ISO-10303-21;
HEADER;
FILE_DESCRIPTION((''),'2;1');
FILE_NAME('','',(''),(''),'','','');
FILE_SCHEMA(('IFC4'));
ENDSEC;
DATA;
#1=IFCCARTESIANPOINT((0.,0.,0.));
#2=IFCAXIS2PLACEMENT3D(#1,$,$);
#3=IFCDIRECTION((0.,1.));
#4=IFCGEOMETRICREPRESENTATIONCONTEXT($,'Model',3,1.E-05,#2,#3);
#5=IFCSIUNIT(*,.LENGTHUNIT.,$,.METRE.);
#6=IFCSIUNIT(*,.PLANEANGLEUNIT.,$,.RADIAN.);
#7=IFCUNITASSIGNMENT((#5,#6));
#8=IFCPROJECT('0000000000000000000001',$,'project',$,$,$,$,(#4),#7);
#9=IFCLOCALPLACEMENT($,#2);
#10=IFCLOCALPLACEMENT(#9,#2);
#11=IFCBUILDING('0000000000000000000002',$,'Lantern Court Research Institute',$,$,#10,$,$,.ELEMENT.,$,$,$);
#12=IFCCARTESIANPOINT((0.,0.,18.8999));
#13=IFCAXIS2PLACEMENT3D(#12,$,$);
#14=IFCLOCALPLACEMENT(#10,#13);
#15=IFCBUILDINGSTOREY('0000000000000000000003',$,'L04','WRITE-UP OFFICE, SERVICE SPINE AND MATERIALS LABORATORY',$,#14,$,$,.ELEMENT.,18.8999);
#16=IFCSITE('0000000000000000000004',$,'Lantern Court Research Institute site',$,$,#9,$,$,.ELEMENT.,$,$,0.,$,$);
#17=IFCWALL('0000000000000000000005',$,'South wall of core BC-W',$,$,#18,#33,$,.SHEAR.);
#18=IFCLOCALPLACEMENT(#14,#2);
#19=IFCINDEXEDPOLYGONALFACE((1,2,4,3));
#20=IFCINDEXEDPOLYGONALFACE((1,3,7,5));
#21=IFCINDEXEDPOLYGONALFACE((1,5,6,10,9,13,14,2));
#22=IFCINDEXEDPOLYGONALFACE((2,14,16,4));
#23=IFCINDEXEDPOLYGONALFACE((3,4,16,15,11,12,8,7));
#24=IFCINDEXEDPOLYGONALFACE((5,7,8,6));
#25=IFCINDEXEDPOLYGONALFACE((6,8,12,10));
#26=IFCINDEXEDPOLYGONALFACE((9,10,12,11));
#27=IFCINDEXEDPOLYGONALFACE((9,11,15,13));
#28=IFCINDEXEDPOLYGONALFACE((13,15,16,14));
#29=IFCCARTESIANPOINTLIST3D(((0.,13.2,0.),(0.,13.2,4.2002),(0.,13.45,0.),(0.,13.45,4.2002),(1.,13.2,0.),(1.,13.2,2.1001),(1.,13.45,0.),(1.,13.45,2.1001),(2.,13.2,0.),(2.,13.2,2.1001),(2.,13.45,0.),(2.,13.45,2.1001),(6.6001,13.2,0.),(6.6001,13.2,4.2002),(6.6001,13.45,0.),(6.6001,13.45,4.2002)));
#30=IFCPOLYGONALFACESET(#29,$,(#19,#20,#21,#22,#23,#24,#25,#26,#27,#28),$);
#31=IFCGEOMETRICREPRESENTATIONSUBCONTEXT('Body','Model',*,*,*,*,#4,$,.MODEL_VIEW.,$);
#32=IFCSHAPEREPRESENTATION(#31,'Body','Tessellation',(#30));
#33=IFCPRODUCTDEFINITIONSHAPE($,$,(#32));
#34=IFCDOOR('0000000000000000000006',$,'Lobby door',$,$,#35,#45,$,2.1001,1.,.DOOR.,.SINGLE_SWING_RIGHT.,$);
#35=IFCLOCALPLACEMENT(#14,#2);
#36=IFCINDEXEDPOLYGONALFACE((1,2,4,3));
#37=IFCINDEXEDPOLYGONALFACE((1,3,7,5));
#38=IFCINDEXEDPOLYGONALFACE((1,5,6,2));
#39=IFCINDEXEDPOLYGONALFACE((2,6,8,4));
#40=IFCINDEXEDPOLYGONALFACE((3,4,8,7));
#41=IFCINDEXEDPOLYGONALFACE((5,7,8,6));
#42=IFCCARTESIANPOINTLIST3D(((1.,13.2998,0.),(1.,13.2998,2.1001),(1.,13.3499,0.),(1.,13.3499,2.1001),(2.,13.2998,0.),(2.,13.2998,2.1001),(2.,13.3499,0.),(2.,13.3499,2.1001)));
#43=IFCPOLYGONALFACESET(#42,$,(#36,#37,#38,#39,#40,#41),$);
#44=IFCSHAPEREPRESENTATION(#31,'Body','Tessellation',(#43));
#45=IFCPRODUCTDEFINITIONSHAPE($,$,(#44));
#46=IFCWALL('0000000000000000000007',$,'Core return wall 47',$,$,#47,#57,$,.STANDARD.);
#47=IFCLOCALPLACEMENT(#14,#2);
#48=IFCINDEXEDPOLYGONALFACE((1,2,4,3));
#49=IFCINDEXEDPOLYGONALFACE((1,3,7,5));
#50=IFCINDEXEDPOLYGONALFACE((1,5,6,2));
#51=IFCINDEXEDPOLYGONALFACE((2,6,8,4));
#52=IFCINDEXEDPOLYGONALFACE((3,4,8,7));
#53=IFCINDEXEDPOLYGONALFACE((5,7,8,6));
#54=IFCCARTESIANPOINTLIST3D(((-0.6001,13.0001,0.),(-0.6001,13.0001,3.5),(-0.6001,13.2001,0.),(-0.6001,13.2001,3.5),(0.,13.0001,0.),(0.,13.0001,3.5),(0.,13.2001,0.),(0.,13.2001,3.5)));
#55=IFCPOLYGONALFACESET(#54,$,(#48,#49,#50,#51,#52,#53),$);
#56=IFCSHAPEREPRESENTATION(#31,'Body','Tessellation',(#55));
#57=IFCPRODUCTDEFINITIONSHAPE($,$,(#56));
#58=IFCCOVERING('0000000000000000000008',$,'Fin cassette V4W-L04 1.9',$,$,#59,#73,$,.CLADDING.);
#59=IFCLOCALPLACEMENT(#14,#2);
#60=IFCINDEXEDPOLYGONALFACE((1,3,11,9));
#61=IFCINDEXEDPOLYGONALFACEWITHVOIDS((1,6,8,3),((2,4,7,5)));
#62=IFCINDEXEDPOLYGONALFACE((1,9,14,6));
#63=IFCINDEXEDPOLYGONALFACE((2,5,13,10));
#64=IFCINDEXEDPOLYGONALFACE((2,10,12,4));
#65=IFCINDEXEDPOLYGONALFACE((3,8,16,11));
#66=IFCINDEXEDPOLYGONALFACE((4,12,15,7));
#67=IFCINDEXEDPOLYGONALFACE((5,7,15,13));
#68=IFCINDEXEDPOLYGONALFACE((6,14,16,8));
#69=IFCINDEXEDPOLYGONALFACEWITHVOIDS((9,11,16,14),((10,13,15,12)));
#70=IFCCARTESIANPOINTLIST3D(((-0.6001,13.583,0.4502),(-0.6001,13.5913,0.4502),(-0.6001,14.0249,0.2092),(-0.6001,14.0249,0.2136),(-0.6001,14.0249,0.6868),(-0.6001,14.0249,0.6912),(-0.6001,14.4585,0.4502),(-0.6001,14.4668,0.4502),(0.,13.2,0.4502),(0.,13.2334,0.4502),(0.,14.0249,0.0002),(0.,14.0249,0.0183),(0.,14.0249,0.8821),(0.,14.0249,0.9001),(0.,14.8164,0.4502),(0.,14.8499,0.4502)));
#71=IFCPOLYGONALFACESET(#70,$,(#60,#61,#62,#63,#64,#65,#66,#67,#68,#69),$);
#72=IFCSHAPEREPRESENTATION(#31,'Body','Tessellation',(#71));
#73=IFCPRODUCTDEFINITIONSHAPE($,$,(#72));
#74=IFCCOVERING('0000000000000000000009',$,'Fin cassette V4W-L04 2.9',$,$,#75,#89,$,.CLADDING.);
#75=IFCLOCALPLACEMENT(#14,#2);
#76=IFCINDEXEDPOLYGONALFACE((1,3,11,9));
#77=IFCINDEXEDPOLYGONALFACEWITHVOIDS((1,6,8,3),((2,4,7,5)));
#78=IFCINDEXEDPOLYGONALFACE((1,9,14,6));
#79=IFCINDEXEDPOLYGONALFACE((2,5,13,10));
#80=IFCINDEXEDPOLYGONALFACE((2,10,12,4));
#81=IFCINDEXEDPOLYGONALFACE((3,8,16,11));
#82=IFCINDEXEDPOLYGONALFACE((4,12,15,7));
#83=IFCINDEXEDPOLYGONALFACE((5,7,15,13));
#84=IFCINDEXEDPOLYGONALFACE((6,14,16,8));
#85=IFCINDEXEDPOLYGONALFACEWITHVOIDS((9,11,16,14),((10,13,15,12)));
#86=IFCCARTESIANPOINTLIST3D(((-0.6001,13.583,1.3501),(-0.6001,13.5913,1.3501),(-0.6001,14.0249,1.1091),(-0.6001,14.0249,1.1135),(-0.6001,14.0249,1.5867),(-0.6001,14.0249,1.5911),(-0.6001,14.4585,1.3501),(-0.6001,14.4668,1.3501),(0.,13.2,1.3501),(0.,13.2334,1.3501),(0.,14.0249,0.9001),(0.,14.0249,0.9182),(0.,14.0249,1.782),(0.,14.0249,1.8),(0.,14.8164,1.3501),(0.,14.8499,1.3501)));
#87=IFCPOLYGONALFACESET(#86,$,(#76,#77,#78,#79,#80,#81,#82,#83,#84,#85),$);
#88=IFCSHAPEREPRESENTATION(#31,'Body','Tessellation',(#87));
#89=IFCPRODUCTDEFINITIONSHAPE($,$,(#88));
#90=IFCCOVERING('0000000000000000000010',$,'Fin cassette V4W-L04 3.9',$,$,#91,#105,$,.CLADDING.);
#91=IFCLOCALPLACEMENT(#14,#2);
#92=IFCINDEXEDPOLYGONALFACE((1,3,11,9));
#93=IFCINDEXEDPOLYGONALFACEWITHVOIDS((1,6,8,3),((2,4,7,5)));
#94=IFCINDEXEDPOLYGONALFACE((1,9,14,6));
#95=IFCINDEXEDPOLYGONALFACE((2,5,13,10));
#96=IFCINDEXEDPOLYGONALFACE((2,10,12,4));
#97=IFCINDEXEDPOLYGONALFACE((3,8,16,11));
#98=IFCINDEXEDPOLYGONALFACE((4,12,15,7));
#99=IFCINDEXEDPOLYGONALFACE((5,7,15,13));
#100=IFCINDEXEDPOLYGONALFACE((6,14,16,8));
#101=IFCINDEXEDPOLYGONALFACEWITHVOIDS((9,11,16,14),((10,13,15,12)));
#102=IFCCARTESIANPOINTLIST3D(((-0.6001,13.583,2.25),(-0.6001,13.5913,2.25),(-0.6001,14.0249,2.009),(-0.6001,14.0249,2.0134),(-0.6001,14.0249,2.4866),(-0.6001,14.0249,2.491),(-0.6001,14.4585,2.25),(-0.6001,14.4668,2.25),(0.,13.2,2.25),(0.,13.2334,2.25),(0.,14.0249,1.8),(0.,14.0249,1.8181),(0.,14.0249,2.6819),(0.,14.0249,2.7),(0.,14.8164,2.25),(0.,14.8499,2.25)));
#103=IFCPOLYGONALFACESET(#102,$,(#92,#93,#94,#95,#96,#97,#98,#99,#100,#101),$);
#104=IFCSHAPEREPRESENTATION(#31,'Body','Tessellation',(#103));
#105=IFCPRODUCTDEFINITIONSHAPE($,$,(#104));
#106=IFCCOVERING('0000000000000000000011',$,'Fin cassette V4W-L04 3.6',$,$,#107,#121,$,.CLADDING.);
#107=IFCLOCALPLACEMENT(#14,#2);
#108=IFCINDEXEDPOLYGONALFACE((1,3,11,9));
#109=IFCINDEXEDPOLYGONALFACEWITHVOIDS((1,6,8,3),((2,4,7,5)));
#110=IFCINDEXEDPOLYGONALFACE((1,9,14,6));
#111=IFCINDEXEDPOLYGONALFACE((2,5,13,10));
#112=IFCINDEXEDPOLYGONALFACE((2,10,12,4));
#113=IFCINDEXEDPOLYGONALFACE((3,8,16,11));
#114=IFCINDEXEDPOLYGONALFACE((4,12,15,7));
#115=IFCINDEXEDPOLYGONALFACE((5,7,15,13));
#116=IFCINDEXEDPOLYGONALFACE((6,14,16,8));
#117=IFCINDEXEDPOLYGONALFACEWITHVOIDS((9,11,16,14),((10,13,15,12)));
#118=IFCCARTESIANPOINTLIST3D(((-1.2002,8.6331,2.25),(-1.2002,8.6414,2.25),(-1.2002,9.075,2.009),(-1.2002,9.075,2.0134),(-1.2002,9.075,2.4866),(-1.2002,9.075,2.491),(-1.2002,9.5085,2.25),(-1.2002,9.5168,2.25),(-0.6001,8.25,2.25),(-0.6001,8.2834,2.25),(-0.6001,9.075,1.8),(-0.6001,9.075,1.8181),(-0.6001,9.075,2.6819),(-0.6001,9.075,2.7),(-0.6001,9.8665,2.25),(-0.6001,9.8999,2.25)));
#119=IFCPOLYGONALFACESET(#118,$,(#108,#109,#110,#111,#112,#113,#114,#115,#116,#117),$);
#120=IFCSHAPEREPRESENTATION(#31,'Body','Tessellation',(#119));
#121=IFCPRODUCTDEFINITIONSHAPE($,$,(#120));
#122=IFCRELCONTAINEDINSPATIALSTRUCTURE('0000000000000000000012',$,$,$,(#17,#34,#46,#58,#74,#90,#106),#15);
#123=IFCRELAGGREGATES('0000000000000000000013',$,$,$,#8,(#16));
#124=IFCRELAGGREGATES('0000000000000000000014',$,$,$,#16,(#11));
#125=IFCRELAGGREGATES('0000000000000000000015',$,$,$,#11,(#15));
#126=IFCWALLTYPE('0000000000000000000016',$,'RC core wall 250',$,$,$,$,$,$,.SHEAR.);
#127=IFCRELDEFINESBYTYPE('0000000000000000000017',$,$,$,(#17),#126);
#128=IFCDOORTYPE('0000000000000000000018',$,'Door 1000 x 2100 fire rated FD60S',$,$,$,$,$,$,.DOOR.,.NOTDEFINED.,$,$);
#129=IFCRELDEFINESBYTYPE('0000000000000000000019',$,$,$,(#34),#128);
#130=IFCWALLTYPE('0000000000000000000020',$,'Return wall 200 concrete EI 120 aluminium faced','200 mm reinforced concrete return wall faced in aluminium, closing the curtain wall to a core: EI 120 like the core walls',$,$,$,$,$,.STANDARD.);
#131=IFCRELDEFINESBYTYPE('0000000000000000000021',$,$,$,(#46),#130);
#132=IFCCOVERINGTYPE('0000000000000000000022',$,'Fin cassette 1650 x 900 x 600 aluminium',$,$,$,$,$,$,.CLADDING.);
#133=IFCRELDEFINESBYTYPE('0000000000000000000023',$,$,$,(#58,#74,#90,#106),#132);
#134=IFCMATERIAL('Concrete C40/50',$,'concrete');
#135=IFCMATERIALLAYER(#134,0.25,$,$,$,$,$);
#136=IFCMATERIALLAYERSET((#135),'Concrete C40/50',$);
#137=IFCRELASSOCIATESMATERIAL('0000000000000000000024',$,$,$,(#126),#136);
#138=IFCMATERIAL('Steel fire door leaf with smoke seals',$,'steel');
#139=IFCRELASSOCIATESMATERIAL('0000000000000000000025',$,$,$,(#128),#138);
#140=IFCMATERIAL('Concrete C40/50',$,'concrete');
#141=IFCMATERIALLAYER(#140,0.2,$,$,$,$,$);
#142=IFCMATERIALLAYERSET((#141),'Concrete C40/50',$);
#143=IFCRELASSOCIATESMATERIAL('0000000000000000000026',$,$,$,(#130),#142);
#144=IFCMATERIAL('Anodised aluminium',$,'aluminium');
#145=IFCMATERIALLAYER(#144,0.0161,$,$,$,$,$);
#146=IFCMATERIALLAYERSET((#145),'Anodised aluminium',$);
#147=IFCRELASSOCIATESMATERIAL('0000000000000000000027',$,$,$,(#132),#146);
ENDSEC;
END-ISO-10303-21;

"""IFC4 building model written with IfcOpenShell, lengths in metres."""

from ifc_helpers import new_model, entity, si_unit, direction, frame, frame_2d, origin, place, context, subcontext, project, spatial, rectangle, extrude, material, layer, layer_set, type_object, element, fill, save


model = new_model("IFC4")

# Units and contexts
model_context = context("Model", 3, precision=1e-05, world=origin(), true_north=direction((0.0, 1.0)))
body_context = subcontext(model_context, "Body", "Model", "MODEL_VIEW")
ifc_project = project(units=[si_unit("LENGTHUNIT", "METRE"), si_unit("PLANEANGLEUNIT", "RADIAN")], contexts=[model_context])

# Site, building, storey
site_placement = place(None, origin())
site = spatial("IfcSite", under=ifc_project, at=site_placement, Name="Lantern Court Research Institute site", CompositionType="ELEMENT", RefElevation=0.0)
building_placement = place(site_placement, origin())
building = spatial("IfcBuilding", under=site, at=building_placement, Name="Lantern Court Research Institute", CompositionType="ELEMENT")
storey_placement = place(building_placement, frame((0.0, 0.0, 18.8999)))
storey = spatial("IfcBuildingStorey", under=building, at=storey_placement, Name="L04", Description="WRITE-UP OFFICE, SERVICE SPINE AND MATERIALS LABORATORY", CompositionType="ELEMENT", Elevation=18.8999)

# Wall, opening, door
ifc_material_1 = material(Name="Concrete C40/50", Category="concrete")
ifc_layer_1 = layer(ifc_material_1, 0.25)
ifc_layer_set_1 = layer_set([ifc_layer_1], Name="Concrete C40/50")
wall_type_1 = type_object("IfcWallType", Name="RC core wall 250", PredefinedType="SHEAR", material=ifc_layer_set_1)
wall_1_placement = place(storey_placement, frame((0.0, 13.325, 0.0), z_axis=(0.0, 0.0, 1.0), x_axis=(1.0, 0.0, 0.0)))
wall_1 = element("IfcWall", 1, at=wall_1_placement, inside=storey, type_object=wall_type_1, Name="South wall of core BC-W", PredefinedType="SHEAR", context=body_context, shape_type="SweptSolid", body=[
    extrude(rectangle(XDim=6.6001, YDim=0.25, at=frame_2d((3.3, 0.0))), origin(), (0.0, 0.0, 1.0), 4.2002),
])
opening_placement = place(wall_1_placement, frame((1.0, 0.0, 0.0)))
opening = element("IfcOpeningElement", 2, at=opening_placement, cuts=wall_1, PredefinedType="OPENING", context=body_context, shape_type="SweptSolid", body=[
    extrude(rectangle(XDim=1.0, YDim=2.1001, at=frame_2d((0.5, 1.05))), frame((0.0, 0.135, 0.0), z_axis=(0.0, -1.0, 0.0), x_axis=(1.0, 0.0, 0.0)), (0.0, 0.0, 1.0), 0.27),
])
ifc_material_2 = material(Name="Steel fire door leaf with smoke seals", Category="steel")
door_type = type_object("IfcDoorType", Name="Door 1000 x 2100 fire rated FD60S", OperationType="NOTDEFINED", PredefinedType="DOOR", material=ifc_material_2)
door_placement = place(opening_placement, origin())
door = element("IfcDoor", 3, at=door_placement, inside=storey, type_object=door_type, Name="Lobby door", OperationType="SINGLE_SWING_RIGHT", OverallHeight=2.1001, OverallWidth=1.0, PredefinedType="DOOR", context=body_context, shape_type="SweptSolid", body=[
    extrude(rectangle(XDim=1.0, YDim=2.1001, at=frame_2d((0.5, 1.05))), frame((0.0, 0.0249, 0.0), z_axis=(0.0, -1.0, 0.0), x_axis=(1.0, 0.0, 0.0)), (0.0, 0.0, 1.0), 0.05),
])
fill(opening, door)

# Wall
ifc_material_3 = material(Name="Concrete C40/50", Category="concrete")
ifc_layer_2 = layer(ifc_material_3, 0.2)
ifc_layer_set_2 = layer_set([ifc_layer_2], Name="Concrete C40/50")
wall_type_2 = type_object("IfcWallType", Name="Return wall 200 concrete EI 120 aluminium faced", Description="200 mm reinforced concrete return wall faced in aluminium, closing the curtain wall to a core: EI 120 like the core walls", PredefinedType="STANDARD", material=ifc_layer_set_2)
wall_2_placement = place(storey_placement, frame((0.0, 13.1001, 0.0), z_axis=(0.0, 0.0, 1.0), x_axis=(-1.0, 0.0, 0.0)))
element("IfcWall", 4, at=wall_2_placement, inside=storey, type_object=wall_type_2, Name="Core return wall 47", PredefinedType="STANDARD", context=body_context, shape_type="SweptSolid", body=[
    extrude(rectangle(XDim=0.6001, YDim=0.2, at=frame_2d((0.3, 0.0))), origin(), (0.0, 0.0, 1.0), 3.5),
])

# Coverings
ifc_material_4 = material(Name="Anodised aluminium", Category="aluminium")
ifc_layer_3 = layer(ifc_material_4, 0.0161)
ifc_layer_set_3 = layer_set([ifc_layer_3], Name="Anodised aluminium")
covering_type = type_object("IfcCoveringType", Name="Fin cassette 1650 x 900 x 600 aluminium", PredefinedType="CLADDING", material=ifc_layer_set_3)
covering_1_placement = place(storey_placement, frame((0.0, 14.0249, 0.4502), z_axis=(-1.0, 0.0, 0.0), x_axis=(0.0, -1.0, 0.0)))
cartesian_point_1 = entity("IfcCartesianPoint", [0.825, 0.0])
cartesian_point_2 = entity("IfcCartesianPoint", [0.7915, 0.0])
cartesian_point_3 = entity("IfcCartesianPoint", [0.4419, 0.0])
cartesian_point_4 = entity("IfcCartesianPoint", [0.4336, 0.0])
element("IfcCovering", 5, at=covering_1_placement, inside=storey, type_object=covering_type, Name="Fin cassette V4W-L04 1.9", PredefinedType="CLADDING", context=body_context, shape_type="SweptSolid", body=[
    entity("IfcExtrudedAreaSolidTapered", entity("IfcArbitraryProfileDefWithVoids", "AREA", None, entity("IfcPolyline", [cartesian_point_1, entity("IfcCartesianPoint", [0.0, 0.45]), entity("IfcCartesianPoint", [-0.825, 0.0]), entity("IfcCartesianPoint", [0.0, -0.45]), cartesian_point_1]), [entity("IfcPolyline", [cartesian_point_2, entity("IfcCartesianPoint", [0.0, 0.4319]), entity("IfcCartesianPoint", [-0.7915, 0.0]), entity("IfcCartesianPoint", [0.0, -0.4319]), cartesian_point_2])]), entity("IfcAxis2Placement3D", entity("IfcCartesianPoint", [0.0, 0.0, 0.0])), entity("IfcDirection", [0.0, 0.0, 1.0]), 0.6001, entity("IfcArbitraryProfileDefWithVoids", "AREA", None, entity("IfcPolyline", [cartesian_point_3, entity("IfcCartesianPoint", [0.0, 0.241]), entity("IfcCartesianPoint", [-0.4419, 0.0]), entity("IfcCartesianPoint", [0.0, -0.241]), cartesian_point_3]), [entity("IfcPolyline", [cartesian_point_4, entity("IfcCartesianPoint", [0.0, 0.2366]), entity("IfcCartesianPoint", [-0.4336, 0.0]), entity("IfcCartesianPoint", [0.0, -0.2366]), cartesian_point_4])])),
])
covering_2_placement = place(storey_placement, frame((0.0, 14.0249, 1.3501), z_axis=(-1.0, 0.0, 0.0), x_axis=(0.0, -1.0, 0.0)))
cartesian_point_5 = entity("IfcCartesianPoint", [0.825, 0.0])
cartesian_point_6 = entity("IfcCartesianPoint", [0.7915, 0.0])
cartesian_point_7 = entity("IfcCartesianPoint", [0.4419, 0.0])
cartesian_point_8 = entity("IfcCartesianPoint", [0.4336, 0.0])
element("IfcCovering", 6, at=covering_2_placement, inside=storey, type_object=covering_type, Name="Fin cassette V4W-L04 2.9", PredefinedType="CLADDING", context=body_context, shape_type="SweptSolid", body=[
    entity("IfcExtrudedAreaSolidTapered", entity("IfcArbitraryProfileDefWithVoids", "AREA", None, entity("IfcPolyline", [cartesian_point_5, entity("IfcCartesianPoint", [0.0, 0.45]), entity("IfcCartesianPoint", [-0.825, 0.0]), entity("IfcCartesianPoint", [0.0, -0.45]), cartesian_point_5]), [entity("IfcPolyline", [cartesian_point_6, entity("IfcCartesianPoint", [0.0, 0.4319]), entity("IfcCartesianPoint", [-0.7915, 0.0]), entity("IfcCartesianPoint", [0.0, -0.4319]), cartesian_point_6])]), entity("IfcAxis2Placement3D", entity("IfcCartesianPoint", [0.0, 0.0, 0.0])), entity("IfcDirection", [0.0, 0.0, 1.0]), 0.6001, entity("IfcArbitraryProfileDefWithVoids", "AREA", None, entity("IfcPolyline", [cartesian_point_7, entity("IfcCartesianPoint", [0.0, 0.241]), entity("IfcCartesianPoint", [-0.4419, 0.0]), entity("IfcCartesianPoint", [0.0, -0.241]), cartesian_point_7]), [entity("IfcPolyline", [cartesian_point_8, entity("IfcCartesianPoint", [0.0, 0.2366]), entity("IfcCartesianPoint", [-0.4336, 0.0]), entity("IfcCartesianPoint", [0.0, -0.2366]), cartesian_point_8])])),
])
covering_3_placement = place(storey_placement, frame((0.0, 14.0249, 2.25), z_axis=(-1.0, 0.0, 0.0), x_axis=(0.0, -1.0, 0.0)))
cartesian_point_9 = entity("IfcCartesianPoint", [0.825, 0.0])
cartesian_point_10 = entity("IfcCartesianPoint", [0.7915, 0.0])
cartesian_point_11 = entity("IfcCartesianPoint", [0.4419, 0.0])
cartesian_point_12 = entity("IfcCartesianPoint", [0.4336, 0.0])
element("IfcCovering", 7, at=covering_3_placement, inside=storey, type_object=covering_type, Name="Fin cassette V4W-L04 3.9", PredefinedType="CLADDING", context=body_context, shape_type="SweptSolid", body=[
    entity("IfcExtrudedAreaSolidTapered", entity("IfcArbitraryProfileDefWithVoids", "AREA", None, entity("IfcPolyline", [cartesian_point_9, entity("IfcCartesianPoint", [0.0, 0.45]), entity("IfcCartesianPoint", [-0.825, 0.0]), entity("IfcCartesianPoint", [0.0, -0.45]), cartesian_point_9]), [entity("IfcPolyline", [cartesian_point_10, entity("IfcCartesianPoint", [0.0, 0.4319]), entity("IfcCartesianPoint", [-0.7915, 0.0]), entity("IfcCartesianPoint", [0.0, -0.4319]), cartesian_point_10])]), entity("IfcAxis2Placement3D", entity("IfcCartesianPoint", [0.0, 0.0, 0.0])), entity("IfcDirection", [0.0, 0.0, 1.0]), 0.6001, entity("IfcArbitraryProfileDefWithVoids", "AREA", None, entity("IfcPolyline", [cartesian_point_11, entity("IfcCartesianPoint", [0.0, 0.241]), entity("IfcCartesianPoint", [-0.4419, 0.0]), entity("IfcCartesianPoint", [0.0, -0.241]), cartesian_point_11]), [entity("IfcPolyline", [cartesian_point_12, entity("IfcCartesianPoint", [0.0, 0.2366]), entity("IfcCartesianPoint", [-0.4336, 0.0]), entity("IfcCartesianPoint", [0.0, -0.2366]), cartesian_point_12])])),
])
covering_4_placement = place(storey_placement, frame((-0.6001, 9.075, 2.25), z_axis=(-1.0, 0.0, 0.0), x_axis=(0.0, -1.0, 0.0)))
cartesian_point_13 = entity("IfcCartesianPoint", [0.825, 0.0])
cartesian_point_14 = entity("IfcCartesianPoint", [0.7915, 0.0])
cartesian_point_15 = entity("IfcCartesianPoint", [0.4419, 0.0])
cartesian_point_16 = entity("IfcCartesianPoint", [0.4336, 0.0])
element("IfcCovering", 8, at=covering_4_placement, inside=storey, type_object=covering_type, Name="Fin cassette V4W-L04 3.6", PredefinedType="CLADDING", context=body_context, shape_type="SweptSolid", body=[
    entity("IfcExtrudedAreaSolidTapered", entity("IfcArbitraryProfileDefWithVoids", "AREA", None, entity("IfcPolyline", [cartesian_point_13, entity("IfcCartesianPoint", [0.0, 0.45]), entity("IfcCartesianPoint", [-0.825, 0.0]), entity("IfcCartesianPoint", [0.0, -0.45]), cartesian_point_13]), [entity("IfcPolyline", [cartesian_point_14, entity("IfcCartesianPoint", [0.0, 0.4319]), entity("IfcCartesianPoint", [-0.7915, 0.0]), entity("IfcCartesianPoint", [0.0, -0.4319]), cartesian_point_14])]), entity("IfcAxis2Placement3D", entity("IfcCartesianPoint", [0.0, 0.0, 0.0])), entity("IfcDirection", [0.0, 0.0, 1.0]), 0.6001, entity("IfcArbitraryProfileDefWithVoids", "AREA", None, entity("IfcPolyline", [cartesian_point_15, entity("IfcCartesianPoint", [0.0, 0.241]), entity("IfcCartesianPoint", [-0.4419, 0.0]), entity("IfcCartesianPoint", [0.0, -0.241]), cartesian_point_15]), [entity("IfcPolyline", [cartesian_point_16, entity("IfcCartesianPoint", [0.0, 0.2366]), entity("IfcCartesianPoint", [-0.4336, 0.0]), entity("IfcCartesianPoint", [0.0, -0.2366]), cartesian_point_16])])),
])

save(model, "model.ifc")
